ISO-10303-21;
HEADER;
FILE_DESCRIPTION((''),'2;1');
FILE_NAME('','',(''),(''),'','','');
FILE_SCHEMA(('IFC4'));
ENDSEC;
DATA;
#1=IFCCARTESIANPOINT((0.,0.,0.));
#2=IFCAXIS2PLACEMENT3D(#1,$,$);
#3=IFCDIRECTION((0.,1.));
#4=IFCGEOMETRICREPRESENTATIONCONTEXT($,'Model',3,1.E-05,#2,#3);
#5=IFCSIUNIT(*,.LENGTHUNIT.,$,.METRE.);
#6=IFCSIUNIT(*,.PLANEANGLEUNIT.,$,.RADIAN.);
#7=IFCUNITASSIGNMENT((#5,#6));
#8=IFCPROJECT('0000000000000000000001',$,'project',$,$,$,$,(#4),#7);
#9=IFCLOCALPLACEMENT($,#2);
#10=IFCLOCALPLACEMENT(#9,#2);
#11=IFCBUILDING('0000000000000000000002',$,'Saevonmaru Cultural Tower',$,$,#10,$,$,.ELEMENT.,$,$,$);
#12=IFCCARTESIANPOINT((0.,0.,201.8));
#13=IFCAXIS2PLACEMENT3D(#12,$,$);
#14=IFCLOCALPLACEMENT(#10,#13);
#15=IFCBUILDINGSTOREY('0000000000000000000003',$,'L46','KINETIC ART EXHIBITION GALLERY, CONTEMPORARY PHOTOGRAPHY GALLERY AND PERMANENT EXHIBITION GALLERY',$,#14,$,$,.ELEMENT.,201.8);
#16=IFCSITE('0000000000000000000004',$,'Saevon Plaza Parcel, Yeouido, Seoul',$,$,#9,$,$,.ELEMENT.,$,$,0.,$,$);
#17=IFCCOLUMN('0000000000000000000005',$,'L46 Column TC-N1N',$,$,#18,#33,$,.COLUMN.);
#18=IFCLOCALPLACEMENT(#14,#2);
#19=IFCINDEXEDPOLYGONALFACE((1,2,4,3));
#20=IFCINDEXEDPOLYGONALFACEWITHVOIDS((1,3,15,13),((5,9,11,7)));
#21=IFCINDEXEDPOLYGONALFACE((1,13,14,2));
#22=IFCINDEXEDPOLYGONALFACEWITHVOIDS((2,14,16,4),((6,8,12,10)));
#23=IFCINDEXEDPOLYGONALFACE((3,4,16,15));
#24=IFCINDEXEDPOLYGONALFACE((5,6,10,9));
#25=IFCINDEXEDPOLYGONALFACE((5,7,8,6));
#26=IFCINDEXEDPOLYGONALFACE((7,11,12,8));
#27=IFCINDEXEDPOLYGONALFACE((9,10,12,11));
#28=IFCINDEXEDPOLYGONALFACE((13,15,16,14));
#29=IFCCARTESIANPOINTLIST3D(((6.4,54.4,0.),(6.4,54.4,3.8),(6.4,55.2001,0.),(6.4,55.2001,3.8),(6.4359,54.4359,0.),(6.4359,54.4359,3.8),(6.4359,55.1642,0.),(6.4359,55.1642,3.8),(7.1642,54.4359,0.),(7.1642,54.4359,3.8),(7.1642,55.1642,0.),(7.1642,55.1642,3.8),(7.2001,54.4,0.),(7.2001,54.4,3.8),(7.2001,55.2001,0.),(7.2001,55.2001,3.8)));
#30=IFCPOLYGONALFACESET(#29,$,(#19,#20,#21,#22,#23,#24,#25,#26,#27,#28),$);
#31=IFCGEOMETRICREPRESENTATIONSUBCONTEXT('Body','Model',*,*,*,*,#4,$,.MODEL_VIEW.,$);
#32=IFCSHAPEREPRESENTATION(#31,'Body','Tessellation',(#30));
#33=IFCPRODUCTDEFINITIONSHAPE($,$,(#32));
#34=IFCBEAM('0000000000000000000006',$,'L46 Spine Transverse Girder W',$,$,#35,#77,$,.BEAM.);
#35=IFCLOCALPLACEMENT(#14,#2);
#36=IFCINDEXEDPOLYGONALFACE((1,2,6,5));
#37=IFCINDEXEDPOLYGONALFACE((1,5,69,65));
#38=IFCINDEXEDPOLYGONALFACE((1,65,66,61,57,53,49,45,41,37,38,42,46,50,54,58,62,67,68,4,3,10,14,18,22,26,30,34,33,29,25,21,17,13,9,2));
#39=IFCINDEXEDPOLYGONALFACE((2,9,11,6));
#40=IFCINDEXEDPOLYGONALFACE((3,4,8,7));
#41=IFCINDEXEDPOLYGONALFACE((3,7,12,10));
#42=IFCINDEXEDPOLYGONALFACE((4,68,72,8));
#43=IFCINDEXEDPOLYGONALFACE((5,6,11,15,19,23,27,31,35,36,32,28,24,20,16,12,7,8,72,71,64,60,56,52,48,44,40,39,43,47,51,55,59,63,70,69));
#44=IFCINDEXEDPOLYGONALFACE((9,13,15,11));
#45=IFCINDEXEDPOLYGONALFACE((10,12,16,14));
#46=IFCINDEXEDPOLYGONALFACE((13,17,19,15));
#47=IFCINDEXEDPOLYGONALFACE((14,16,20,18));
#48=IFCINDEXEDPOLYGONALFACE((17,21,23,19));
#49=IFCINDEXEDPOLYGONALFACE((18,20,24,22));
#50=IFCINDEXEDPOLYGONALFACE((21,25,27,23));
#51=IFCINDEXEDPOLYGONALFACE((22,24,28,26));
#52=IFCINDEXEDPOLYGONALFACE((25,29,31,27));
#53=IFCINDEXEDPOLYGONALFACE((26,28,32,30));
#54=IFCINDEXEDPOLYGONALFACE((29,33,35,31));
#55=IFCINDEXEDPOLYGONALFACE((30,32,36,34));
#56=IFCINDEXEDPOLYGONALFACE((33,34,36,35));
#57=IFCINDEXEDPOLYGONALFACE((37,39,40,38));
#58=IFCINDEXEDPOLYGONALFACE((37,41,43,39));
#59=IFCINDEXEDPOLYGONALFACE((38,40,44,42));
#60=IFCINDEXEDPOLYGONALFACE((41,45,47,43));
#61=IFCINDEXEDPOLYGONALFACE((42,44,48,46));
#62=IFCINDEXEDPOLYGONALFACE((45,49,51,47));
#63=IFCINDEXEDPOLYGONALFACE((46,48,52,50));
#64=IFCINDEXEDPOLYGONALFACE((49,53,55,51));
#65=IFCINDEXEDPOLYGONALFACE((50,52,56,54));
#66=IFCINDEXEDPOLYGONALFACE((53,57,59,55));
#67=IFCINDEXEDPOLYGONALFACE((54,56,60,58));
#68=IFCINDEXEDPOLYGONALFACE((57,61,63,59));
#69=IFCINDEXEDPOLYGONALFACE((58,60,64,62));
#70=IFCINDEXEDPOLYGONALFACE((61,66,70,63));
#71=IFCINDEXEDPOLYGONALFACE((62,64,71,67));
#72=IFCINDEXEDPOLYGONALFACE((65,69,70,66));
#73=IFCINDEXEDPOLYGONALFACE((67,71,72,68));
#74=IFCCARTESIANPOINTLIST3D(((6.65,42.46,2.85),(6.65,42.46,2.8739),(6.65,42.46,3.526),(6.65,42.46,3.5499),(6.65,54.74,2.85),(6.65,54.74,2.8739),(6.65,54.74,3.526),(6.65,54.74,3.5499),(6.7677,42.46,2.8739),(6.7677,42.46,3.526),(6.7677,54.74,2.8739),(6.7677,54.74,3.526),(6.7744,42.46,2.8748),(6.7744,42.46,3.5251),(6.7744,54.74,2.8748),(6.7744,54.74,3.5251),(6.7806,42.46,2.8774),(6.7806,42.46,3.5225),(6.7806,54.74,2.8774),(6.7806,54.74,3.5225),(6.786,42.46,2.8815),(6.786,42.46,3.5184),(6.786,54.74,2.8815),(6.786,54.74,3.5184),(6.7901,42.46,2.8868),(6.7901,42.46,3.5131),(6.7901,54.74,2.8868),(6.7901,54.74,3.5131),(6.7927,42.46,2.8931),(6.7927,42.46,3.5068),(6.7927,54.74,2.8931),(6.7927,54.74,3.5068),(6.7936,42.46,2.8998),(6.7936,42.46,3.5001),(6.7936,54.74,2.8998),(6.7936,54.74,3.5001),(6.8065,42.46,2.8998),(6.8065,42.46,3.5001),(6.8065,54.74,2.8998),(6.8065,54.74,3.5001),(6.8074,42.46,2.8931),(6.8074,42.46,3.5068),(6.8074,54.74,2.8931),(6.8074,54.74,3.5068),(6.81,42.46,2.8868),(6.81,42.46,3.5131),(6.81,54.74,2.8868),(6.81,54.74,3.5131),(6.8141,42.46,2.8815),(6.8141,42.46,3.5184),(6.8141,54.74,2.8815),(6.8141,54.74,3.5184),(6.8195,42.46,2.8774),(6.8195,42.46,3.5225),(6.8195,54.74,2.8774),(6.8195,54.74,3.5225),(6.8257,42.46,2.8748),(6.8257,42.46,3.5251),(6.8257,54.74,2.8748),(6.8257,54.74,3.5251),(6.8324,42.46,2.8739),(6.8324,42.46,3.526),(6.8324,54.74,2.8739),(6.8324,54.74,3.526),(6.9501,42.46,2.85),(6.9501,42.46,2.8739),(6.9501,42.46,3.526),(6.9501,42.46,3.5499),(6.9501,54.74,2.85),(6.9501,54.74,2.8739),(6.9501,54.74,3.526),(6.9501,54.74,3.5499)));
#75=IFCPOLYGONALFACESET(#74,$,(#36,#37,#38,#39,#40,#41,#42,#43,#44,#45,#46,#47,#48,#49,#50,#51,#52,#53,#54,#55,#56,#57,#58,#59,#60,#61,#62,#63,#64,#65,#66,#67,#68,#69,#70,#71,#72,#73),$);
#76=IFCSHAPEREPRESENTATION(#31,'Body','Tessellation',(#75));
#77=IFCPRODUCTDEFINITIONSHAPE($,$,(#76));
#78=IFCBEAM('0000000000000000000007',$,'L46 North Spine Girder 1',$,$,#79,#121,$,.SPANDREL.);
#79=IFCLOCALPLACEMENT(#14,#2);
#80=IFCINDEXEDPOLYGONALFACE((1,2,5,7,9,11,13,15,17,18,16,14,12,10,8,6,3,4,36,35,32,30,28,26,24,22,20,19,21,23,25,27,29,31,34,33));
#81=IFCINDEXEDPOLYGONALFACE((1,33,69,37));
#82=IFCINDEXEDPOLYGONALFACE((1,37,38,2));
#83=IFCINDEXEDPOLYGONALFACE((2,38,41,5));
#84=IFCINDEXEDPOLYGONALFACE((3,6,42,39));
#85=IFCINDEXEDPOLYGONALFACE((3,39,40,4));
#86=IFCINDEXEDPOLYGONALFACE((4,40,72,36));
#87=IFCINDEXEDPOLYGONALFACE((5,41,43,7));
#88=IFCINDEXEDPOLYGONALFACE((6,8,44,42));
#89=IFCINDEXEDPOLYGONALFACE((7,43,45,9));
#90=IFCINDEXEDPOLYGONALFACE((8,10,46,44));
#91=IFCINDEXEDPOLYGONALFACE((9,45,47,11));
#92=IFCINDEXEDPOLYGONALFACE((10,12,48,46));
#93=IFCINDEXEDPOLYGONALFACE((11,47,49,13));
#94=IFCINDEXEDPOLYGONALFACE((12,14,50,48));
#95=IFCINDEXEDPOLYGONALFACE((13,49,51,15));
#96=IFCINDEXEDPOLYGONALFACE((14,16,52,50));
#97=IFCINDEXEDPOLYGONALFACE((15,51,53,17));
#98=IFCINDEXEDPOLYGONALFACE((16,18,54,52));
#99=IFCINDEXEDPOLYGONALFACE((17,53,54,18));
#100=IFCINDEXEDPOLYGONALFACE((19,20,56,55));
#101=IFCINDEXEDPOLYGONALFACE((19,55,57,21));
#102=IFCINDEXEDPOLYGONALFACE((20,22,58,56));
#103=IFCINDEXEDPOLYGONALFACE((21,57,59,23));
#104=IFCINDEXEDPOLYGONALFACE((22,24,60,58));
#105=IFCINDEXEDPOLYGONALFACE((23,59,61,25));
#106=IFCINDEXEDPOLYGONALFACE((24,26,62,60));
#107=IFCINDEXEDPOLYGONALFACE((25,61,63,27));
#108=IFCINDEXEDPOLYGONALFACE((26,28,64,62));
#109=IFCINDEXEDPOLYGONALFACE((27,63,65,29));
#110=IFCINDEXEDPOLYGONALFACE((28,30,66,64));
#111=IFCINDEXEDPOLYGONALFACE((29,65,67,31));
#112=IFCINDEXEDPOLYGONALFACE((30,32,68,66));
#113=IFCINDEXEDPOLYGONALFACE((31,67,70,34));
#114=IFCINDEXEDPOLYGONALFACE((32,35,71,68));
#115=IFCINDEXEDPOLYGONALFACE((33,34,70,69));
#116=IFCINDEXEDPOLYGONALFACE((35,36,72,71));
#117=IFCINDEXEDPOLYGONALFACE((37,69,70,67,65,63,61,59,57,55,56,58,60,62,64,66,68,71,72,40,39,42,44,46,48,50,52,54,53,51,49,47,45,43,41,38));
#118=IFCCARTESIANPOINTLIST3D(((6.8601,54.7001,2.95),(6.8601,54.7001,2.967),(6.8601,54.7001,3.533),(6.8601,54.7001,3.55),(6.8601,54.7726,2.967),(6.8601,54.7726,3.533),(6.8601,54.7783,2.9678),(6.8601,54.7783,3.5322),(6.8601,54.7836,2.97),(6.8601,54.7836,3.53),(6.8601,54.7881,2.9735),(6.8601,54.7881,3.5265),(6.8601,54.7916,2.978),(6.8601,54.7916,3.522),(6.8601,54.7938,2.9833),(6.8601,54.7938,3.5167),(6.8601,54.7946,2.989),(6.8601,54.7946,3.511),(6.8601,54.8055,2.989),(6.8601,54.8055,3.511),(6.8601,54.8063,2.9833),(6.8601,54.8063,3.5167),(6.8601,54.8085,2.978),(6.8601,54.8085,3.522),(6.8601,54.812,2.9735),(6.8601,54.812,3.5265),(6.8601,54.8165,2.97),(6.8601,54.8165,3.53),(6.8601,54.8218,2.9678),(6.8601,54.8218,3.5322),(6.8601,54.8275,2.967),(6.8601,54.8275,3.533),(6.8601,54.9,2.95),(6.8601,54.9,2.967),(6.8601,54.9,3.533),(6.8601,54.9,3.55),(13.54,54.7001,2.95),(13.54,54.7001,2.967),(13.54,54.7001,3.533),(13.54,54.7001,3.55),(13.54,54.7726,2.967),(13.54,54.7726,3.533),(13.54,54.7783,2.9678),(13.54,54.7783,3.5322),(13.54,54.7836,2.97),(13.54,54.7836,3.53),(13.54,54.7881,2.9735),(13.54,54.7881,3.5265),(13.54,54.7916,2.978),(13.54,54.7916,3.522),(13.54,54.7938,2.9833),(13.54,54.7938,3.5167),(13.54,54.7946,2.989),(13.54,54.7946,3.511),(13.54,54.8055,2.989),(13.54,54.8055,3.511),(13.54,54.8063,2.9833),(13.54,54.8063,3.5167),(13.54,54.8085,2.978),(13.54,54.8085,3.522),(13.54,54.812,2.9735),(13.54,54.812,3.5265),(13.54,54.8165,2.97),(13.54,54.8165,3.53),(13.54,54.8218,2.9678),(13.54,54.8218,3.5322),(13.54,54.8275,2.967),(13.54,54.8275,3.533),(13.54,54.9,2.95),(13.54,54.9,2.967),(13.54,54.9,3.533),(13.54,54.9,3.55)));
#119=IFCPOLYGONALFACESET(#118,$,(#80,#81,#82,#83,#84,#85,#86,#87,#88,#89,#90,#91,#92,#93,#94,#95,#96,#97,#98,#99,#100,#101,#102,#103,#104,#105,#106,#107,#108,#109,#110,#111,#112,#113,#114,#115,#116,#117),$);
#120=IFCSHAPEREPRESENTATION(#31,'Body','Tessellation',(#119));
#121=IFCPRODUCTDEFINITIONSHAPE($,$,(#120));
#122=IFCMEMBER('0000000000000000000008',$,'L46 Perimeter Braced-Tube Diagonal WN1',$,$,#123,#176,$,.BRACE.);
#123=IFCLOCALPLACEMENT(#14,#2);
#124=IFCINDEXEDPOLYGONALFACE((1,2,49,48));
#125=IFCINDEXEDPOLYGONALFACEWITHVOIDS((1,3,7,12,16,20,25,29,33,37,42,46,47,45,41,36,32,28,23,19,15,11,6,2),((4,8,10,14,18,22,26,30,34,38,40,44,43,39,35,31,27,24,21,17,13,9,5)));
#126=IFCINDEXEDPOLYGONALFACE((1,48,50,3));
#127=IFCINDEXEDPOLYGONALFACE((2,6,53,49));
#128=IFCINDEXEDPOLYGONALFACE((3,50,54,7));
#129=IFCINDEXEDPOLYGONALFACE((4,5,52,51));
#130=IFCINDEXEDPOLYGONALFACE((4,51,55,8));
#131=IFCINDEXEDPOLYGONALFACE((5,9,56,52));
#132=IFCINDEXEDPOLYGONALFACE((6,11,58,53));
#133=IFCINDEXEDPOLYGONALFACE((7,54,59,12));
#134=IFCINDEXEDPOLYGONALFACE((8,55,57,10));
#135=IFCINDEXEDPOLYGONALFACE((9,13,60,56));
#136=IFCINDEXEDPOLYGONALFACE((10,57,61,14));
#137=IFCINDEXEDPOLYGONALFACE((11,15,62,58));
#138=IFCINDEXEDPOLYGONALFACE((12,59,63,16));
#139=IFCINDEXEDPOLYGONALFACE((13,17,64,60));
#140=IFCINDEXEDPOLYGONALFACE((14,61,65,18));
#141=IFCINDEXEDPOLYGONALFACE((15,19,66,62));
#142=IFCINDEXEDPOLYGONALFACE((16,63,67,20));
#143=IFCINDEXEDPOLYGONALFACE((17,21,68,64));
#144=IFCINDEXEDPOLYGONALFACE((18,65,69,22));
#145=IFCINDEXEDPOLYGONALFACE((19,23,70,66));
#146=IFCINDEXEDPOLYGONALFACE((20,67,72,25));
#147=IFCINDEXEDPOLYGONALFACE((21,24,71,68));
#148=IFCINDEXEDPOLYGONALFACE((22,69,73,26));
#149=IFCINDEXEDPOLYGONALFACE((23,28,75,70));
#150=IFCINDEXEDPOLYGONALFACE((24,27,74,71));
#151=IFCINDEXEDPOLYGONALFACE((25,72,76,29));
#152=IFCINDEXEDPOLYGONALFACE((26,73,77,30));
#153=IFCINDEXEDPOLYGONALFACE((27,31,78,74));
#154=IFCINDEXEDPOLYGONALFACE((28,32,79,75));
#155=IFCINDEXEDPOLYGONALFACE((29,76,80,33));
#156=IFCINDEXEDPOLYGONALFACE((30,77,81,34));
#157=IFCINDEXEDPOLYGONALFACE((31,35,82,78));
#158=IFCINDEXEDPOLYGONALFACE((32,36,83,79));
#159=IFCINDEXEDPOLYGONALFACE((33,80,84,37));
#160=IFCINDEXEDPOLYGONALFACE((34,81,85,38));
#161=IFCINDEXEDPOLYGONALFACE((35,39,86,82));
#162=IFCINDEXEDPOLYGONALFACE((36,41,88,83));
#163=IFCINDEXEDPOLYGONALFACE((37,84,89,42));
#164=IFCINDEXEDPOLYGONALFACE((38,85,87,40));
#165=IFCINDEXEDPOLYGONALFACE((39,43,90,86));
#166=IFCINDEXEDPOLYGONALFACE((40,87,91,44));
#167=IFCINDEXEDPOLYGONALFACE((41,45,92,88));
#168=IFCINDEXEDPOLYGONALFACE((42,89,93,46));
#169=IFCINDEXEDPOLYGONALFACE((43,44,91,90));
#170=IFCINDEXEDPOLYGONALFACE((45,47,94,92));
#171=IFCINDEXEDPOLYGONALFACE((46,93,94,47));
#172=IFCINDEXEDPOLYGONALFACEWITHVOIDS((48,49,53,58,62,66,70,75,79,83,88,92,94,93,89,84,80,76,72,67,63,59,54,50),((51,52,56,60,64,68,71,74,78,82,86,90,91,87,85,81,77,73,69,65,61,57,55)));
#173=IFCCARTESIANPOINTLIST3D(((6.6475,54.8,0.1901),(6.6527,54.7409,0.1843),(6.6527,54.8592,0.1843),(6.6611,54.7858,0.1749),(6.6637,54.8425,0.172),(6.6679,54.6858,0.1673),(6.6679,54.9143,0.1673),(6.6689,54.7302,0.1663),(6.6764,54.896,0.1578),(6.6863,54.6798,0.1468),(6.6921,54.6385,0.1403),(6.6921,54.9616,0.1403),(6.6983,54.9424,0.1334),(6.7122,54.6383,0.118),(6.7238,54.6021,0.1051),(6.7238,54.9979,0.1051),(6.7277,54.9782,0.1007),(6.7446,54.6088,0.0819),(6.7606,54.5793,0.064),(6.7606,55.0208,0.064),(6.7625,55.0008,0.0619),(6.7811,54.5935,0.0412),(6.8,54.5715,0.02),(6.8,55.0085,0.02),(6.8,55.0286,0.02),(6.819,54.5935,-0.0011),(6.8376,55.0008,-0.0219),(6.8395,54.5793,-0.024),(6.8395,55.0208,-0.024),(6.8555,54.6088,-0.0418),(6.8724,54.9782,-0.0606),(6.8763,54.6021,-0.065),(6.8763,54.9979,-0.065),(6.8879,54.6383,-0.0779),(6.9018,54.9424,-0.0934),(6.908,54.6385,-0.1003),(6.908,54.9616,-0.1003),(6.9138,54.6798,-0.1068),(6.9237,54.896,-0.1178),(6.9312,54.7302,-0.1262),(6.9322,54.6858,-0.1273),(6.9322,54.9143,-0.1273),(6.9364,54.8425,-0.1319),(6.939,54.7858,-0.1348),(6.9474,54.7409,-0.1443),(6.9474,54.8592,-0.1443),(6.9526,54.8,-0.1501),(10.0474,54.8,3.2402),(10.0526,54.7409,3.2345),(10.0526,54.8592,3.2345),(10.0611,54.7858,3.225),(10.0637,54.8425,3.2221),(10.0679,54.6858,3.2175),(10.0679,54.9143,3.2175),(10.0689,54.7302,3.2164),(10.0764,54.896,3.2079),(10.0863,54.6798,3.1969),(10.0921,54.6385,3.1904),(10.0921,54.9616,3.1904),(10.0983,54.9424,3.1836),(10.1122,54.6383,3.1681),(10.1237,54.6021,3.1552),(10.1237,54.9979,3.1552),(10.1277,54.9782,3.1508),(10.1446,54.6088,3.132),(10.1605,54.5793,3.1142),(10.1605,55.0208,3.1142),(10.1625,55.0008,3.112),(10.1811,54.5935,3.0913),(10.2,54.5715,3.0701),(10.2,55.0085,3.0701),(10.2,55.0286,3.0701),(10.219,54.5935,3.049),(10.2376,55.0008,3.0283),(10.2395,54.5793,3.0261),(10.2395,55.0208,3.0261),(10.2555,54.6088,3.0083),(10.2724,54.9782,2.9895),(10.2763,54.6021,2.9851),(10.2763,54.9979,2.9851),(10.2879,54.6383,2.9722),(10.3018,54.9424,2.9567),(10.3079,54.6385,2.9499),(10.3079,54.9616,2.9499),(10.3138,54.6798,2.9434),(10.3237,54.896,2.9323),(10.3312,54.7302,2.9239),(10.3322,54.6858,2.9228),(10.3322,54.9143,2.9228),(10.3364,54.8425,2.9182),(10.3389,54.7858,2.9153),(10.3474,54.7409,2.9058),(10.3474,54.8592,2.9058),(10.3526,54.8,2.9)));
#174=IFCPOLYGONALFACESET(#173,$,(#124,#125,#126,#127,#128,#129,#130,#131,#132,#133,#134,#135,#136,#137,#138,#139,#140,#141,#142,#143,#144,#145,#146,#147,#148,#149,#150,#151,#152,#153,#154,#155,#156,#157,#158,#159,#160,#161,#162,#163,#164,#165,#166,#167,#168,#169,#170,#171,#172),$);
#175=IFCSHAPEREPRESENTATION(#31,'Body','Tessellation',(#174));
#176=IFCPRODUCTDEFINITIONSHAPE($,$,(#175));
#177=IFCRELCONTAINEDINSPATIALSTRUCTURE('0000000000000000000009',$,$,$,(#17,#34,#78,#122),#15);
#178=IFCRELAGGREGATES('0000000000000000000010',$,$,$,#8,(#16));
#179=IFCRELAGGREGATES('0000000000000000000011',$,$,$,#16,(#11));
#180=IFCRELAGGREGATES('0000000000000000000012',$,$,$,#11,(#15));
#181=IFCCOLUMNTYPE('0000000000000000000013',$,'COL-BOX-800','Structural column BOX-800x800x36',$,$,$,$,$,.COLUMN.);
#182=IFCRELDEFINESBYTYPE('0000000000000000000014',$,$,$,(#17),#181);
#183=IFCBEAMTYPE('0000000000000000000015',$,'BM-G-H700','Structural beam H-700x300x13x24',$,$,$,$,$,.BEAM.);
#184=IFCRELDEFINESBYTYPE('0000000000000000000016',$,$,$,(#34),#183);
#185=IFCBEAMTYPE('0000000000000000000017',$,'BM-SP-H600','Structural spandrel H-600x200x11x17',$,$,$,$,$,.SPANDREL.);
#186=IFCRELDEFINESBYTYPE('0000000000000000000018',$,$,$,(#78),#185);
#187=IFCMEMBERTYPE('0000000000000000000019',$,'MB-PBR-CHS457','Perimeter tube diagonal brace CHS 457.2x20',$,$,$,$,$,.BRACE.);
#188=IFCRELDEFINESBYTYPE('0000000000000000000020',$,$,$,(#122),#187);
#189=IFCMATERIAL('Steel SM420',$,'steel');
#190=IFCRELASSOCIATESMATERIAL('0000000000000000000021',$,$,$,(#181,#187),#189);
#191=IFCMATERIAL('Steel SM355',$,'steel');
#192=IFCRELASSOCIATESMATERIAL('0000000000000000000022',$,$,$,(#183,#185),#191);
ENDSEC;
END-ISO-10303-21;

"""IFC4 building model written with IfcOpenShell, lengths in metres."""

from ifc_helpers import new_model, si_unit, direction, frame, origin, origin_2d, place, context, subcontext, project, spatial, hollow_rectangle, hollow_circle, i_section, extrude, material, material_profile, profile_set, type_object, element, save


model = new_model("IFC4")

# Units and contexts
model_context = context("Model", 3, precision=1e-05, world=origin(), true_north=direction((0.0, 1.0)))
body_context = subcontext(model_context, "Body", "Model", "MODEL_VIEW")
ifc_project = project(units=[si_unit("LENGTHUNIT", "METRE"), si_unit("PLANEANGLEUNIT", "RADIAN")], contexts=[model_context])

# Site, building, storey
site_placement = place(None, origin())
site = spatial("IfcSite", under=ifc_project, at=site_placement, Name="Saevon Plaza Parcel, Yeouido, Seoul", CompositionType="ELEMENT", RefElevation=0.0)
building_placement = place(site_placement, origin())
building = spatial("IfcBuilding", under=site, at=building_placement, Name="Saevonmaru Cultural Tower", CompositionType="ELEMENT")
storey_placement = place(building_placement, frame((0.0, 0.0, 201.8)))
storey = spatial("IfcBuildingStorey", under=building, at=storey_placement, Name="L46", Description="KINETIC ART EXHIBITION GALLERY, CONTEMPORARY PHOTOGRAPHY GALLERY AND PERMANENT EXHIBITION GALLERY", CompositionType="ELEMENT", Elevation=201.8)

# Column
ifc_material_1 = material(Name="Steel SM420", Category="steel")
ifc_material_profile_1 = material_profile(ifc_material_1, hollow_rectangle(XDim=0.8, YDim=0.8, WallThickness=0.0359, at=origin_2d()), Name="BOX-800x800x36")
ifc_profile_set_1 = profile_set([ifc_material_profile_1], Name="Steel SM420")
column_type = type_object("IfcColumnType", Name="COL-BOX-800", Description="Structural column BOX-800x800x36", PredefinedType="COLUMN", material=ifc_profile_set_1)
column_placement = place(storey_placement, frame((6.8, 54.8, 0.0), z_axis=(0.0, 0.0, 1.0), x_axis=(1.0, 0.0, 0.0)))
element("IfcColumn", 1, at=column_placement, inside=storey, type_object=column_type, Name="L46 Column TC-N1N", PredefinedType="COLUMN", context=body_context, shape_type="SweptSolid", body=[
    extrude(hollow_rectangle(XDim=0.8, YDim=0.8, WallThickness=0.0359, at=origin_2d()), origin(), (0.0, 0.0, 1.0), 3.8),
])

# Beams
ifc_material_2 = material(Name="Steel SM355", Category="steel")
ifc_material_profile_2 = material_profile(ifc_material_2, i_section(OverallWidth=0.3, OverallDepth=0.7, WebThickness=0.0129, FlangeThickness=0.0239, FilletRadius=0.0259, at=origin_2d()), Name="H-700x300x13x24")
ifc_profile_set_2 = profile_set([ifc_material_profile_2], Name="Steel SM355")
beam_type_1 = type_object("IfcBeamType", Name="BM-G-H700", Description="Structural beam H-700x300x13x24", PredefinedType="BEAM", material=ifc_profile_set_2)
beam_1_placement = place(storey_placement, frame((6.8, 54.74, 3.2), z_axis=(0.0, -1.0, 0.0), x_axis=(1.0, 0.0, 0.0)))
element("IfcBeam", 2, at=beam_1_placement, inside=storey, type_object=beam_type_1, Name="L46 Spine Transverse Girder W", PredefinedType="BEAM", context=body_context, shape_type="SweptSolid", body=[
    extrude(i_section(OverallWidth=0.3, OverallDepth=0.7, WebThickness=0.0129, FlangeThickness=0.0239, FilletRadius=0.0259, at=origin_2d()), origin(), (0.0, 0.0, 1.0), 12.28),
])
ifc_material_profile_3 = material_profile(ifc_material_2, i_section(OverallWidth=0.2, OverallDepth=0.6001, WebThickness=0.011, FlangeThickness=0.0171, FilletRadius=0.022, at=origin_2d()), Name="H-600x200x11x17")
ifc_profile_set_3 = profile_set([ifc_material_profile_3], Name="Steel SM355")
beam_type_2 = type_object("IfcBeamType", Name="BM-SP-H600", Description="Structural spandrel H-600x200x11x17", PredefinedType="SPANDREL", material=ifc_profile_set_3)
beam_2_placement = place(storey_placement, frame((6.8601, 54.8, 3.25), z_axis=(1.0, 0.0, 0.0), x_axis=(0.0, 1.0, 0.0)))
element("IfcBeam", 3, at=beam_2_placement, inside=storey, type_object=beam_type_2, Name="L46 North Spine Girder 1", PredefinedType="SPANDREL", context=body_context, shape_type="SweptSolid", body=[
    extrude(i_section(OverallWidth=0.2, OverallDepth=0.6001, WebThickness=0.011, FlangeThickness=0.0171, FilletRadius=0.022, at=origin_2d()), origin(), (0.0, 0.0, 1.0), 6.6799),
])

# Member
ifc_material_profile_4 = material_profile(ifc_material_1, hollow_circle(Radius=0.2285, WallThickness=0.02, at=origin_2d()), Name="CHS-457.2x20")
ifc_profile_set_4 = profile_set([ifc_material_profile_4], Name="Steel SM420")
member_type_1 = type_object("IfcMemberType", Name="MB-PBR-CHS457", Description="Perimeter tube diagonal brace CHS 457.2x20", PredefinedType="BRACE", material=ifc_profile_set_4)
member_1_placement = place(storey_placement, frame((6.8, 54.8, 0.02), z_axis=(0.744367, 0.0, 0.667771), x_axis=(0.0, 1.0, 0.0)))
element("IfcMember", 4, at=member_1_placement, inside=storey, type_object=member_type_1, Name="L46 Perimeter Braced-Tube Diagonal WN1", PredefinedType="BRACE", context=body_context, shape_type="SweptSolid", body=[
    extrude(hollow_circle(Radius=0.2285, WallThickness=0.02, at=origin_2d()), origin(), (0.0, 0.0, 1.0), 4.5676),
])

save(model, "model.ifc")
